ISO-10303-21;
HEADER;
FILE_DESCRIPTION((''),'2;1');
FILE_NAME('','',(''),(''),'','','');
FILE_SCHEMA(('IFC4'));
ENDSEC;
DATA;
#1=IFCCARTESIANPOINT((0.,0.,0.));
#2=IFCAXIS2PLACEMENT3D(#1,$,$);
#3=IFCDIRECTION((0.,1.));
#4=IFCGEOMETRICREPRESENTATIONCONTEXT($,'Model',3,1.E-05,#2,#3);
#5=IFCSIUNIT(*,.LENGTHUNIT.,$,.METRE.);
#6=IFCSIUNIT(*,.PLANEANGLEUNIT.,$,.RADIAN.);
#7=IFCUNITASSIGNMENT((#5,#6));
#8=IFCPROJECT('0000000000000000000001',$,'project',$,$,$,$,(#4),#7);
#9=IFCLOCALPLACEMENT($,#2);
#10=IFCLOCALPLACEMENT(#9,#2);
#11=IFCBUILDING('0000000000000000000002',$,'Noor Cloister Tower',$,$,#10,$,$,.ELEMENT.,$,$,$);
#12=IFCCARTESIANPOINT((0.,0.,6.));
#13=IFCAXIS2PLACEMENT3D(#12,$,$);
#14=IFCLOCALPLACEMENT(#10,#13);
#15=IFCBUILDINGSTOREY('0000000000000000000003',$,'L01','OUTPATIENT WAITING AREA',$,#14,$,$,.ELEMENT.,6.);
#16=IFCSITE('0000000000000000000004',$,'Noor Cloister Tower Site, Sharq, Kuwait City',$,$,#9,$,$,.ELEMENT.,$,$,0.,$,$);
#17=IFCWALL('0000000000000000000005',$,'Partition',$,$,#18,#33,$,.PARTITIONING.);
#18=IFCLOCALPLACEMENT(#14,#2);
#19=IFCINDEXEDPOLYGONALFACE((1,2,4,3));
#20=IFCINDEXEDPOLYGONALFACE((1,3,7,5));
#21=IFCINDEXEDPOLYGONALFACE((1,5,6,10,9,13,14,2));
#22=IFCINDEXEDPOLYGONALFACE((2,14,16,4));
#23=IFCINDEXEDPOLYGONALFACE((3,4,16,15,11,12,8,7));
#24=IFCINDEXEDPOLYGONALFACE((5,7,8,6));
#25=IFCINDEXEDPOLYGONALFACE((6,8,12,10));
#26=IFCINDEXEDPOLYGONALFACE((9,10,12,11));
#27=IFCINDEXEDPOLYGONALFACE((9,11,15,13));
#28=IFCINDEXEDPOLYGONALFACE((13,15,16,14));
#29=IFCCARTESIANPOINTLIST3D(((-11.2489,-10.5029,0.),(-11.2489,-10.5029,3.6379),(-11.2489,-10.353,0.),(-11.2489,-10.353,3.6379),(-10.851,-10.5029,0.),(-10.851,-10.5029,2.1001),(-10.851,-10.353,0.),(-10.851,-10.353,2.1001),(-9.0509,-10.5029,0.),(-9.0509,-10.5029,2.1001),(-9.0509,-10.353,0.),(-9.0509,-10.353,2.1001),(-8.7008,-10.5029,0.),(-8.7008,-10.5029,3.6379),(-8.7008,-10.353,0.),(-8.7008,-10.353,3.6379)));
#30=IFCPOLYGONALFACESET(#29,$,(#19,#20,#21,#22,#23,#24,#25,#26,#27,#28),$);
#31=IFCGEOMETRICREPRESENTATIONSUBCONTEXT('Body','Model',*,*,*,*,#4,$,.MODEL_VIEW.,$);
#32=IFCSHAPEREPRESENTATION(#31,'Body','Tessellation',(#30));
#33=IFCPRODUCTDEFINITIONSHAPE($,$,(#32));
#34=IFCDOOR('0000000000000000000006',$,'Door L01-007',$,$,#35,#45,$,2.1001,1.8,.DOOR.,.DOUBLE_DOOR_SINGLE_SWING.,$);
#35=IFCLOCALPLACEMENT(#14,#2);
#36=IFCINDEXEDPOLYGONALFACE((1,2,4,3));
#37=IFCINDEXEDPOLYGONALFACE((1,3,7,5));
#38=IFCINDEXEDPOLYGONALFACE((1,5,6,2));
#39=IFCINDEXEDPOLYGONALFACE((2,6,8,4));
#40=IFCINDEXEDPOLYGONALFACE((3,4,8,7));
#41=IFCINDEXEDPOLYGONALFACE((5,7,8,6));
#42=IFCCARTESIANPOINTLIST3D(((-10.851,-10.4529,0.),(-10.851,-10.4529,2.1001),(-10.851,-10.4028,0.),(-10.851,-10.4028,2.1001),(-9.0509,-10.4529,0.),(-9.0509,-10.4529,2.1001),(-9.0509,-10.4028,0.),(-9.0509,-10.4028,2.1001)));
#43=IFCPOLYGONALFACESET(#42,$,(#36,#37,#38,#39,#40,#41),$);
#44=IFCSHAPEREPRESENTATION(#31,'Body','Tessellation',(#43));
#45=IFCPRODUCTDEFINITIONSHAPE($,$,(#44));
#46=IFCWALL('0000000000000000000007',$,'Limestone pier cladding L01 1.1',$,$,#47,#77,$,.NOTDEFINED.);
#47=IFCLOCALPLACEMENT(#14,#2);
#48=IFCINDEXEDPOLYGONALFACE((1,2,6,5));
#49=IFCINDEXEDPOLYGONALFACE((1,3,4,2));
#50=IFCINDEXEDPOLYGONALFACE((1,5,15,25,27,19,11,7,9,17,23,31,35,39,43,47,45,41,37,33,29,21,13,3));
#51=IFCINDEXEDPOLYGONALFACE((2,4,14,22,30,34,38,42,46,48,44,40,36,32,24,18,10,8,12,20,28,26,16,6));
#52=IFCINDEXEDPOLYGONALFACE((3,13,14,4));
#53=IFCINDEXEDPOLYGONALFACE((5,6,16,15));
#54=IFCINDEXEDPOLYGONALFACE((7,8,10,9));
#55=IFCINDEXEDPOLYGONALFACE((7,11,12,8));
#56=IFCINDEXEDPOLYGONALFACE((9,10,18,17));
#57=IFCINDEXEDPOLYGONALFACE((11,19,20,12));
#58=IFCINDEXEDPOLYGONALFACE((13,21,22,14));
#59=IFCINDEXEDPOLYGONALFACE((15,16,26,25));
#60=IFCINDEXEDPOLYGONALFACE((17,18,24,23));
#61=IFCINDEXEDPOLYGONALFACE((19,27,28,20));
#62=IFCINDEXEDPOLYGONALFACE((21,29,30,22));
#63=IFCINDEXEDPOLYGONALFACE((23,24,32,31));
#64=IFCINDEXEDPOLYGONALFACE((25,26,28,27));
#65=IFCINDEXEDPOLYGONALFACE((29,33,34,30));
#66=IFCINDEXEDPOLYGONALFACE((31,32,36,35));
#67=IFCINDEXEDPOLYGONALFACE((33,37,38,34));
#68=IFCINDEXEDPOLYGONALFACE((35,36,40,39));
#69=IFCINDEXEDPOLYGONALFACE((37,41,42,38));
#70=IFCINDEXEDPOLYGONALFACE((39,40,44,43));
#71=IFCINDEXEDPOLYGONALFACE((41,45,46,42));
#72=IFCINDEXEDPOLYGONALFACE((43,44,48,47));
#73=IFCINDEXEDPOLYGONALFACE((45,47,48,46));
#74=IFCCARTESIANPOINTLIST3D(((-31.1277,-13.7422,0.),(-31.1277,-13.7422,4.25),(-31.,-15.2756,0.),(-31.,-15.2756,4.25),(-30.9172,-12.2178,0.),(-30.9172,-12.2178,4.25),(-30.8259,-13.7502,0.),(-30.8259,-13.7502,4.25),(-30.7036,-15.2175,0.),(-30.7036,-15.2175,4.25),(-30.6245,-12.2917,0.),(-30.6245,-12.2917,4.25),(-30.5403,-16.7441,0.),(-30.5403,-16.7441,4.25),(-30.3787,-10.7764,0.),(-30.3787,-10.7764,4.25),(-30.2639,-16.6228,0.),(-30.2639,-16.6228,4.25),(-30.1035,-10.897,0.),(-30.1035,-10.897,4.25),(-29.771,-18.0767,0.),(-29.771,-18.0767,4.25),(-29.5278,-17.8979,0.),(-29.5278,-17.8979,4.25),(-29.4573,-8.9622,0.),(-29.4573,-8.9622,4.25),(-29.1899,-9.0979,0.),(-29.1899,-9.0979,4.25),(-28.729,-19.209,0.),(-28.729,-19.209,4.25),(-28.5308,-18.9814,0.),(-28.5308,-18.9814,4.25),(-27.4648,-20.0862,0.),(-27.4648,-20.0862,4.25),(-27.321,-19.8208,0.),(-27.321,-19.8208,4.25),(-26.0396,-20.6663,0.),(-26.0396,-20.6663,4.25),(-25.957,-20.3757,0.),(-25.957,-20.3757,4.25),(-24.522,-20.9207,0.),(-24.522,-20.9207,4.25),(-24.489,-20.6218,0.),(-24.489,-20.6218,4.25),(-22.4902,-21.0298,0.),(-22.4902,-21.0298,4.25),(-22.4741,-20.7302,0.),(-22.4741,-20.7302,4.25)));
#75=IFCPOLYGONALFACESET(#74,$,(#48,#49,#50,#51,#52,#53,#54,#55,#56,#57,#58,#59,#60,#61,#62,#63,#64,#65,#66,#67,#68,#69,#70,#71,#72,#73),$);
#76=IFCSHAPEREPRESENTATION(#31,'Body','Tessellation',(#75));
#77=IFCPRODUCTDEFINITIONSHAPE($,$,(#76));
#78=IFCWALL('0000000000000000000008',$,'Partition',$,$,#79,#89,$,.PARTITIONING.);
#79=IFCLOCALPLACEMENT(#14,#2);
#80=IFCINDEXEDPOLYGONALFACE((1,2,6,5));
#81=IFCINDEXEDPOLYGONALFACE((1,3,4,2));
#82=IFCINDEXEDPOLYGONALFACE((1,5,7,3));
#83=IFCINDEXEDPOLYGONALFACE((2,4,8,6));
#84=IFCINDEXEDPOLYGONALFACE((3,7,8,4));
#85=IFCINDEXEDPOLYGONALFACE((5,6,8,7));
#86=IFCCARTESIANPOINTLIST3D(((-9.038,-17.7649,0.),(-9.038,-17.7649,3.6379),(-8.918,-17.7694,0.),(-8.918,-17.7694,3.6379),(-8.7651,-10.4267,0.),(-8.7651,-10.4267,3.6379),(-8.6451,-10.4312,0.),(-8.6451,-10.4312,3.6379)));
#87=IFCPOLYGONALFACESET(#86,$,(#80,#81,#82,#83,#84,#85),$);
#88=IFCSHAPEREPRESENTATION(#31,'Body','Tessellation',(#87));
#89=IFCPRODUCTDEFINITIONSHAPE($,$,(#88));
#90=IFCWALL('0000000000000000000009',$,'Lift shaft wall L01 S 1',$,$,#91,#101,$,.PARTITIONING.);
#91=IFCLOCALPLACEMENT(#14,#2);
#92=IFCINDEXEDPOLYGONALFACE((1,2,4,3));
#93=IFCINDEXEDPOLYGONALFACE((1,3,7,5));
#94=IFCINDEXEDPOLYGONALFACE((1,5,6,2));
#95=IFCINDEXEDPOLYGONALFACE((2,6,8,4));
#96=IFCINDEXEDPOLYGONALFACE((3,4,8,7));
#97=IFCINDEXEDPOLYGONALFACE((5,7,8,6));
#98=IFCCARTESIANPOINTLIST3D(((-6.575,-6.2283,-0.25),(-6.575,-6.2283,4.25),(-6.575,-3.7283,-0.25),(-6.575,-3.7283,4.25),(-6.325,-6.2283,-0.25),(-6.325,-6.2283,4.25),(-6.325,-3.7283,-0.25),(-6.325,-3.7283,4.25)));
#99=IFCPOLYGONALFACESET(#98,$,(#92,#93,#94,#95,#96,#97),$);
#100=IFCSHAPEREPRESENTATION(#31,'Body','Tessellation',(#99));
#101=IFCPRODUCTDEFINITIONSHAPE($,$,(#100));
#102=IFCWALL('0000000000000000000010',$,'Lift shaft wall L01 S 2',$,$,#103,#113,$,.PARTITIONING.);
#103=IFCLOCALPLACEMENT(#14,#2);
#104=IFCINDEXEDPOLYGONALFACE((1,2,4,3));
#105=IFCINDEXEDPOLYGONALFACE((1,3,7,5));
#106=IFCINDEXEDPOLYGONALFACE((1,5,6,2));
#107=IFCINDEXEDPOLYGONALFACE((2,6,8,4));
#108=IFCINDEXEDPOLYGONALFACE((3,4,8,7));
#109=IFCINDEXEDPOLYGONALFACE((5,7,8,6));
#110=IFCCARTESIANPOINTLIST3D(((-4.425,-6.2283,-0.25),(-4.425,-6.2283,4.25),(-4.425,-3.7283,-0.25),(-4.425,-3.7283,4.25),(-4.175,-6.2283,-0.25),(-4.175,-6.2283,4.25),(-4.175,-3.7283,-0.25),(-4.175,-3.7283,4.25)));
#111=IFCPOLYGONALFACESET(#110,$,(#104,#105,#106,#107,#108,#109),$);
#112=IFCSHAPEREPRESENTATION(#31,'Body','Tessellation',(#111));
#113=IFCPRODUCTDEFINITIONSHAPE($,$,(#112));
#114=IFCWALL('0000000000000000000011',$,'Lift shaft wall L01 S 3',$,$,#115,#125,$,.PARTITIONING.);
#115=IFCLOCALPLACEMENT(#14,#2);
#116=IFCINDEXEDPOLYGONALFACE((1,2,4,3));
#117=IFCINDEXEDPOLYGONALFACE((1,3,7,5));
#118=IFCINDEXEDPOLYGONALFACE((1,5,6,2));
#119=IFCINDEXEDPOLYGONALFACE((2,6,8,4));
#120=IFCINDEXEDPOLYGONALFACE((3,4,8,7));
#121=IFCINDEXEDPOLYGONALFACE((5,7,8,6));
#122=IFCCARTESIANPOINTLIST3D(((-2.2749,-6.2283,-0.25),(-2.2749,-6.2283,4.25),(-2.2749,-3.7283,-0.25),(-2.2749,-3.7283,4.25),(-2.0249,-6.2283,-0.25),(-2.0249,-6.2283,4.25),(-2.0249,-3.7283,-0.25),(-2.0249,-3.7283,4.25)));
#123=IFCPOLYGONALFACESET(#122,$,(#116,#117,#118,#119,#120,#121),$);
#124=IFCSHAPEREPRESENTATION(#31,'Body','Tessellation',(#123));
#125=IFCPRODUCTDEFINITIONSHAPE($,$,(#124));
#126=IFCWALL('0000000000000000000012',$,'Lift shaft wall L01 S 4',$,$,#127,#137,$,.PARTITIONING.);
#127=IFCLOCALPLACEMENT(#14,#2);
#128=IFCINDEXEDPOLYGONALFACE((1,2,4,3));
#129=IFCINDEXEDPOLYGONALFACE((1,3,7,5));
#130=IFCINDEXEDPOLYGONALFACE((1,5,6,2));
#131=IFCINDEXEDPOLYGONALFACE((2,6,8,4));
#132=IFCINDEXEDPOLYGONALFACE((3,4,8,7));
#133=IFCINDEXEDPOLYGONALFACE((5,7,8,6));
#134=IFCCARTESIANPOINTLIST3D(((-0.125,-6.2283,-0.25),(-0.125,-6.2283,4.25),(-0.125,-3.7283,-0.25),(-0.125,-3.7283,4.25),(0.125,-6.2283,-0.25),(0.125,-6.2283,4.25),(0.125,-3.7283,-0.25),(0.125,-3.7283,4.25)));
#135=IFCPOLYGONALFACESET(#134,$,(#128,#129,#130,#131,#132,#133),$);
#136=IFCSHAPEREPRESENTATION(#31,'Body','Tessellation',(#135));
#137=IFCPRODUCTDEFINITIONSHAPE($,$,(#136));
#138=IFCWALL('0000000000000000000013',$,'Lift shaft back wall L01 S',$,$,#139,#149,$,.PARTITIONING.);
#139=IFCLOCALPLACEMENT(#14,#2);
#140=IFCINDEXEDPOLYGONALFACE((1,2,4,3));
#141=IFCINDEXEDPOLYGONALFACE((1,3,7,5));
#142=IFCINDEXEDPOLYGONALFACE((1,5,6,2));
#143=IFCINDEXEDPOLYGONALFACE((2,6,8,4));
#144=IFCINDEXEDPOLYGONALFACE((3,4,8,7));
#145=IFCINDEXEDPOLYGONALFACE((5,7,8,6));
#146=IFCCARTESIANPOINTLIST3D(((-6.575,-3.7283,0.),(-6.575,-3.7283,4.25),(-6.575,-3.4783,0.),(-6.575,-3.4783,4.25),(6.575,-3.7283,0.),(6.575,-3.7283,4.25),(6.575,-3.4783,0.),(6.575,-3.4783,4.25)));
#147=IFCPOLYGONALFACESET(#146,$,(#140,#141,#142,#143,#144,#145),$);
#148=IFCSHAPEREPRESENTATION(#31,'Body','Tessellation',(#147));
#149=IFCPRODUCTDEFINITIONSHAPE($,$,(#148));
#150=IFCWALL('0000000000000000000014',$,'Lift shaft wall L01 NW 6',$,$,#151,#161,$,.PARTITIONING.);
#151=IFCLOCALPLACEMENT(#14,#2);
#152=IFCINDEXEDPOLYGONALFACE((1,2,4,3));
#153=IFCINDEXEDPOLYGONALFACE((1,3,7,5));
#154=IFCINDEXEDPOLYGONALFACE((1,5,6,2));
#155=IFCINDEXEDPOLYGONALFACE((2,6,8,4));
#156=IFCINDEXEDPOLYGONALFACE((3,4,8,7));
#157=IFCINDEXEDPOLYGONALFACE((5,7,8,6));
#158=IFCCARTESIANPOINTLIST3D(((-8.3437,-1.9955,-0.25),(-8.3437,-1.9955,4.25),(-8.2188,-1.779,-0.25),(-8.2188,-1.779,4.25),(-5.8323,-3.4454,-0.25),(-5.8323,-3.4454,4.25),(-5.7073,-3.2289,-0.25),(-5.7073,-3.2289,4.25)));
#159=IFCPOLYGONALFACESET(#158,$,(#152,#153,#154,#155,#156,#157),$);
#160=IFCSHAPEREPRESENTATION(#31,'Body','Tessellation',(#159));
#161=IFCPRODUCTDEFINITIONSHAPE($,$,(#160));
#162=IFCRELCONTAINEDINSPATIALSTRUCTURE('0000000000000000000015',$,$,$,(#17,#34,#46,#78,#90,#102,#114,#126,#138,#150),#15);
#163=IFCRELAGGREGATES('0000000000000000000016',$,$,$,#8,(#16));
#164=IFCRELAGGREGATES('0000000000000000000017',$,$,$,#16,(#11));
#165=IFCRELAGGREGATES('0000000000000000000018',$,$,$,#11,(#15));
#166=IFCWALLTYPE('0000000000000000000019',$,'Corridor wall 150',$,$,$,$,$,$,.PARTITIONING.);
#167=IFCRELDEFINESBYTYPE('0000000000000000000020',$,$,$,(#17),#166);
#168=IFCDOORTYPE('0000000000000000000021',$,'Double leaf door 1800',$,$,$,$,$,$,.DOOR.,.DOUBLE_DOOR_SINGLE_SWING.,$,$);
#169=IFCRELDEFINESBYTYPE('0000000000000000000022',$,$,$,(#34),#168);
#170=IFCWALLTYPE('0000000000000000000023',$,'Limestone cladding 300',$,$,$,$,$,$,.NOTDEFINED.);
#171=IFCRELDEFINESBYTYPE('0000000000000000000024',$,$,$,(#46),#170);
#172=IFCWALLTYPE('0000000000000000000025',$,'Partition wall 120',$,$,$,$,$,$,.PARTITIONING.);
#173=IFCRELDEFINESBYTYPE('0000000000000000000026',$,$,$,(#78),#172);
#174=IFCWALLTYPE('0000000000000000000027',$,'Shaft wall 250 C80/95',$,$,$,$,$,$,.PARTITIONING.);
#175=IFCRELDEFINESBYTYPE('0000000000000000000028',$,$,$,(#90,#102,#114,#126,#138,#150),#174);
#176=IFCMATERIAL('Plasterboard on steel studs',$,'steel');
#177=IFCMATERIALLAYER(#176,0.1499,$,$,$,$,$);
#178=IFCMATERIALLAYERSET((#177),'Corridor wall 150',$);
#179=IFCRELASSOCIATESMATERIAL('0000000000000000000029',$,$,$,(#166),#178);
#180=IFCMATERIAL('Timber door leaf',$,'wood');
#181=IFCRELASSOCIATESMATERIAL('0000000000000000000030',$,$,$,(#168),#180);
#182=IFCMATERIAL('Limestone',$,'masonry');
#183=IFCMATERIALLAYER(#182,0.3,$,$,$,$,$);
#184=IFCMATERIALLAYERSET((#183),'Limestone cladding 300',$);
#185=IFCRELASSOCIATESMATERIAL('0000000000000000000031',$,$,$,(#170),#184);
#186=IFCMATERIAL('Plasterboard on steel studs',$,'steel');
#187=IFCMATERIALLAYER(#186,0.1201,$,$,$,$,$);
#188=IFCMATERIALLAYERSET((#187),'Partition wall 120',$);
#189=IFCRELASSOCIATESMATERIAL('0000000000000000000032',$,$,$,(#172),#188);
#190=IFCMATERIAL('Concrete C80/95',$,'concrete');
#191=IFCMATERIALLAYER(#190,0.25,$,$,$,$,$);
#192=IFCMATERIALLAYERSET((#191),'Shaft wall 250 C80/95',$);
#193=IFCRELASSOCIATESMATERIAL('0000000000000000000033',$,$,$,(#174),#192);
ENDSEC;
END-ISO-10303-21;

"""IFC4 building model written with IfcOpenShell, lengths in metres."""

from ifc_helpers import new_model, si_unit, direction, frame, frame_2d, origin, place, context, subcontext, project, spatial, polyline, rectangle, outline, extrude, material, layer, layer_set, type_object, element, fill, save


model = new_model("IFC4")

# Units and contexts
model_context = context("Model", 3, precision=1e-05, world=origin(), true_north=direction((0.0, 1.0)))
body_context = subcontext(model_context, "Body", "Model", "MODEL_VIEW")
ifc_project = project(units=[si_unit("LENGTHUNIT", "METRE"), si_unit("PLANEANGLEUNIT", "RADIAN")], contexts=[model_context])

# Site, building, storey
site_placement = place(None, origin())
site = spatial("IfcSite", under=ifc_project, at=site_placement, Name="Noor Cloister Tower Site, Sharq, Kuwait City", CompositionType="ELEMENT", RefElevation=0.0)
building_placement = place(site_placement, origin())
building = spatial("IfcBuilding", under=site, at=building_placement, Name="Noor Cloister Tower", CompositionType="ELEMENT")
storey_placement = place(building_placement, frame((0.0, 0.0, 6.0)))
storey = spatial("IfcBuildingStorey", under=building, at=storey_placement, Name="L01", Description="OUTPATIENT WAITING AREA", CompositionType="ELEMENT", Elevation=6.0)

# Wall, opening, door
ifc_material_1 = material(Name="Plasterboard on steel studs", Category="steel")
ifc_layer_1 = layer(ifc_material_1, 0.1499)
ifc_layer_set_1 = layer_set([ifc_layer_1], Name="Corridor wall 150")
wall_type_1 = type_object("IfcWallType", Name="Corridor wall 150", PredefinedType="PARTITIONING", material=ifc_layer_set_1)
wall_1_placement = place(storey_placement, frame((-8.7009, -10.428, 0.0), z_axis=(0.0, 0.0, 1.0), x_axis=(-1.0, 0.0, 0.0)))
wall_1 = element("IfcWall", 1, at=wall_1_placement, inside=storey, type_object=wall_type_1, Name="Partition", PredefinedType="PARTITIONING", context=body_context, shape_type="SweptSolid", body=[
    extrude(rectangle(XDim=2.5481, YDim=0.1499, at=frame_2d((1.2739, 0.0))), origin(), (0.0, 0.0, 1.0), 3.6379),
])
opening_1_placement = place(wall_1_placement, frame((0.3501, 0.0, 0.0)))
opening_1 = element("IfcOpeningElement", 2, at=opening_1_placement, cuts=wall_1, PredefinedType="OPENING", context=body_context, shape_type="SweptSolid", body=[
    extrude(rectangle(XDim=1.8, YDim=2.1001, at=frame_2d((0.8999, 1.05))), frame((0.0, 0.085, 0.0), z_axis=(0.0, -1.0, 0.0), x_axis=(1.0, 0.0, 0.0)), (0.0, 0.0, 1.0), 0.1699),
])
ifc_material_2 = material(Name="Timber door leaf", Category="wood")
door_type_1 = type_object("IfcDoorType", Name="Double leaf door 1800", OperationType="DOUBLE_DOOR_SINGLE_SWING", PredefinedType="DOOR", material=ifc_material_2)
door_1_placement = place(opening_1_placement, origin())
door_1 = element("IfcDoor", 3, at=door_1_placement, inside=storey, type_object=door_type_1, Name="Door L01-007", OperationType="DOUBLE_DOOR_SINGLE_SWING", OverallHeight=2.1001, OverallWidth=1.8, PredefinedType="DOOR", context=body_context, shape_type="SweptSolid", body=[
    extrude(rectangle(XDim=1.8, YDim=2.1001, at=frame_2d((0.8999, 1.05))), frame((0.0, 0.0249, 0.0), z_axis=(0.0, -1.0, 0.0), x_axis=(1.0, 0.0, 0.0)), (0.0, 0.0, 1.0), 0.05),
])
fill(opening_1, door_1)

# Walls
ifc_material_3 = material(Name="Limestone", Category="masonry")
ifc_layer_2 = layer(ifc_material_3, 0.3)
ifc_layer_set_2 = layer_set([ifc_layer_2], Name="Limestone cladding 300")
wall_type_2 = type_object("IfcWallType", Name="Limestone cladding 300", PredefinedType="NOTDEFINED", material=ifc_layer_set_2)
wall_2_placement = place(storey_placement, origin())
element("IfcWall", 4, at=wall_2_placement, inside=storey, type_object=wall_type_2, Name="Limestone pier cladding L01 1.1", PredefinedType="NOTDEFINED", context=body_context, shape_type="SweptSolid", body=[
    extrude(outline(polyline([(-29.4573, -8.9622), (-30.3787, -10.7764), (-30.9172, -12.2178), (-31.1277, -13.7422), (-31.0, -15.2756), (-30.5403, -16.7441), (-29.771, -18.0767), (-28.729, -19.209), (-27.4648, -20.0862), (-26.0396, -20.6663), (-24.522, -20.9207), (-22.4902, -21.0298), (-22.4741, -20.7302), (-24.489, -20.6218), (-25.957, -20.3757), (-27.321, -19.8208), (-28.5308, -18.9814), (-29.5278, -17.8979), (-30.2639, -16.6228), (-30.7036, -15.2175), (-30.8259, -13.7502), (-30.6245, -12.2917), (-30.1035, -10.897), (-29.1899, -9.0979), (-29.4573, -8.9622)])), origin(), (0.0, 0.0, 1.0), 4.25),
])
ifc_material_4 = material(Name="Plasterboard on steel studs", Category="steel")
ifc_layer_3 = layer(ifc_material_4, 0.1201)
ifc_layer_set_3 = layer_set([ifc_layer_3], Name="Partition wall 120")
wall_type_3 = type_object("IfcWallType", Name="Partition wall 120", PredefinedType="PARTITIONING", material=ifc_layer_set_3)
wall_3_placement = place(storey_placement, frame((-8.7051, -10.429, 0.0), z_axis=(0.0, 0.0, 1.0), x_axis=(-0.03717, -0.999309, 0.0)))
element("IfcWall", 5, at=wall_3_placement, inside=storey, type_object=wall_type_3, Name="Partition", PredefinedType="PARTITIONING", context=body_context, shape_type="SweptSolid", body=[
    extrude(rectangle(XDim=7.3433, YDim=0.1201, at=frame_2d((3.6716, 0.0))), origin(), (0.0, 0.0, 1.0), 3.6379),
])
ifc_material_5 = material(Name="Concrete C80/95", Category="concrete")
ifc_layer_4 = layer(ifc_material_5, 0.25)
ifc_layer_set_4 = layer_set([ifc_layer_4], Name="Shaft wall 250 C80/95")
wall_type_4 = type_object("IfcWallType", Name="Shaft wall 250 C80/95", PredefinedType="PARTITIONING", material=ifc_layer_set_4)
for number, where, z_axis, x_axis, name in (
    (6, (-6.45, -6.2283, -0.25), (0.0, 0.0, 1.0), (0.0, 1.0, 0.0), "Lift shaft wall L01 S 1"),
    (7, (-4.3, -6.2283, -0.25), (0.0, 0.0, 1.0), (0.0, 1.0, 0.0), "Lift shaft wall L01 S 2"),
    (8, (-2.1499, -6.2283, -0.25), (0.0, 0.0, 1.0), (0.0, 1.0, 0.0), "Lift shaft wall L01 S 3"),
    (9, (0.0, -6.2283, -0.25), (0.0, 0.0, 1.0), (0.0, 1.0, 0.0), "Lift shaft wall L01 S 4"),
):
    element("IfcWall", number, at=place(storey_placement, frame(where, z_axis=z_axis, x_axis=x_axis)), inside=storey, type_object=wall_type_4, Name=name, PredefinedType="PARTITIONING", context=body_context, shape_type="SweptSolid", body=[
        extrude(rectangle(XDim=2.5, YDim=0.25, at=frame_2d((1.25, 0.0))), origin(), (0.0, 0.0, 1.0), 4.5),
    ])
wall_4_placement = place(storey_placement, frame((-6.575, -3.6033, 0.0), z_axis=(0.0, 0.0, 1.0), x_axis=(1.0, 0.0, 0.0)))
element("IfcWall", 10, at=wall_4_placement, inside=storey, type_object=wall_type_4, Name="Lift shaft back wall L01 S", PredefinedType="PARTITIONING", context=body_context, shape_type="SweptSolid", body=[
    extrude(rectangle(XDim=13.1499, YDim=0.25, at=frame_2d((6.575, 0.0))), origin(), (0.0, 0.0, 1.0), 4.25),
])
wall_5_placement = place(storey_placement, frame((-8.2812, -1.8872, -0.25), z_axis=(0.0, 0.0, 1.0), x_axis=(0.866033, -0.499987, 0.0)))
element("IfcWall", 11, at=wall_5_placement, inside=storey, type_object=wall_type_4, Name="Lift shaft wall L01 NW 6", PredefinedType="PARTITIONING", context=body_context, shape_type="SweptSolid", body=[
    extrude(rectangle(XDim=2.8999, YDim=0.25, at=frame_2d((1.45, 0.0))), origin(), (0.0, 0.0, 1.0), 4.5),
])

save(model, "model.ifc")
